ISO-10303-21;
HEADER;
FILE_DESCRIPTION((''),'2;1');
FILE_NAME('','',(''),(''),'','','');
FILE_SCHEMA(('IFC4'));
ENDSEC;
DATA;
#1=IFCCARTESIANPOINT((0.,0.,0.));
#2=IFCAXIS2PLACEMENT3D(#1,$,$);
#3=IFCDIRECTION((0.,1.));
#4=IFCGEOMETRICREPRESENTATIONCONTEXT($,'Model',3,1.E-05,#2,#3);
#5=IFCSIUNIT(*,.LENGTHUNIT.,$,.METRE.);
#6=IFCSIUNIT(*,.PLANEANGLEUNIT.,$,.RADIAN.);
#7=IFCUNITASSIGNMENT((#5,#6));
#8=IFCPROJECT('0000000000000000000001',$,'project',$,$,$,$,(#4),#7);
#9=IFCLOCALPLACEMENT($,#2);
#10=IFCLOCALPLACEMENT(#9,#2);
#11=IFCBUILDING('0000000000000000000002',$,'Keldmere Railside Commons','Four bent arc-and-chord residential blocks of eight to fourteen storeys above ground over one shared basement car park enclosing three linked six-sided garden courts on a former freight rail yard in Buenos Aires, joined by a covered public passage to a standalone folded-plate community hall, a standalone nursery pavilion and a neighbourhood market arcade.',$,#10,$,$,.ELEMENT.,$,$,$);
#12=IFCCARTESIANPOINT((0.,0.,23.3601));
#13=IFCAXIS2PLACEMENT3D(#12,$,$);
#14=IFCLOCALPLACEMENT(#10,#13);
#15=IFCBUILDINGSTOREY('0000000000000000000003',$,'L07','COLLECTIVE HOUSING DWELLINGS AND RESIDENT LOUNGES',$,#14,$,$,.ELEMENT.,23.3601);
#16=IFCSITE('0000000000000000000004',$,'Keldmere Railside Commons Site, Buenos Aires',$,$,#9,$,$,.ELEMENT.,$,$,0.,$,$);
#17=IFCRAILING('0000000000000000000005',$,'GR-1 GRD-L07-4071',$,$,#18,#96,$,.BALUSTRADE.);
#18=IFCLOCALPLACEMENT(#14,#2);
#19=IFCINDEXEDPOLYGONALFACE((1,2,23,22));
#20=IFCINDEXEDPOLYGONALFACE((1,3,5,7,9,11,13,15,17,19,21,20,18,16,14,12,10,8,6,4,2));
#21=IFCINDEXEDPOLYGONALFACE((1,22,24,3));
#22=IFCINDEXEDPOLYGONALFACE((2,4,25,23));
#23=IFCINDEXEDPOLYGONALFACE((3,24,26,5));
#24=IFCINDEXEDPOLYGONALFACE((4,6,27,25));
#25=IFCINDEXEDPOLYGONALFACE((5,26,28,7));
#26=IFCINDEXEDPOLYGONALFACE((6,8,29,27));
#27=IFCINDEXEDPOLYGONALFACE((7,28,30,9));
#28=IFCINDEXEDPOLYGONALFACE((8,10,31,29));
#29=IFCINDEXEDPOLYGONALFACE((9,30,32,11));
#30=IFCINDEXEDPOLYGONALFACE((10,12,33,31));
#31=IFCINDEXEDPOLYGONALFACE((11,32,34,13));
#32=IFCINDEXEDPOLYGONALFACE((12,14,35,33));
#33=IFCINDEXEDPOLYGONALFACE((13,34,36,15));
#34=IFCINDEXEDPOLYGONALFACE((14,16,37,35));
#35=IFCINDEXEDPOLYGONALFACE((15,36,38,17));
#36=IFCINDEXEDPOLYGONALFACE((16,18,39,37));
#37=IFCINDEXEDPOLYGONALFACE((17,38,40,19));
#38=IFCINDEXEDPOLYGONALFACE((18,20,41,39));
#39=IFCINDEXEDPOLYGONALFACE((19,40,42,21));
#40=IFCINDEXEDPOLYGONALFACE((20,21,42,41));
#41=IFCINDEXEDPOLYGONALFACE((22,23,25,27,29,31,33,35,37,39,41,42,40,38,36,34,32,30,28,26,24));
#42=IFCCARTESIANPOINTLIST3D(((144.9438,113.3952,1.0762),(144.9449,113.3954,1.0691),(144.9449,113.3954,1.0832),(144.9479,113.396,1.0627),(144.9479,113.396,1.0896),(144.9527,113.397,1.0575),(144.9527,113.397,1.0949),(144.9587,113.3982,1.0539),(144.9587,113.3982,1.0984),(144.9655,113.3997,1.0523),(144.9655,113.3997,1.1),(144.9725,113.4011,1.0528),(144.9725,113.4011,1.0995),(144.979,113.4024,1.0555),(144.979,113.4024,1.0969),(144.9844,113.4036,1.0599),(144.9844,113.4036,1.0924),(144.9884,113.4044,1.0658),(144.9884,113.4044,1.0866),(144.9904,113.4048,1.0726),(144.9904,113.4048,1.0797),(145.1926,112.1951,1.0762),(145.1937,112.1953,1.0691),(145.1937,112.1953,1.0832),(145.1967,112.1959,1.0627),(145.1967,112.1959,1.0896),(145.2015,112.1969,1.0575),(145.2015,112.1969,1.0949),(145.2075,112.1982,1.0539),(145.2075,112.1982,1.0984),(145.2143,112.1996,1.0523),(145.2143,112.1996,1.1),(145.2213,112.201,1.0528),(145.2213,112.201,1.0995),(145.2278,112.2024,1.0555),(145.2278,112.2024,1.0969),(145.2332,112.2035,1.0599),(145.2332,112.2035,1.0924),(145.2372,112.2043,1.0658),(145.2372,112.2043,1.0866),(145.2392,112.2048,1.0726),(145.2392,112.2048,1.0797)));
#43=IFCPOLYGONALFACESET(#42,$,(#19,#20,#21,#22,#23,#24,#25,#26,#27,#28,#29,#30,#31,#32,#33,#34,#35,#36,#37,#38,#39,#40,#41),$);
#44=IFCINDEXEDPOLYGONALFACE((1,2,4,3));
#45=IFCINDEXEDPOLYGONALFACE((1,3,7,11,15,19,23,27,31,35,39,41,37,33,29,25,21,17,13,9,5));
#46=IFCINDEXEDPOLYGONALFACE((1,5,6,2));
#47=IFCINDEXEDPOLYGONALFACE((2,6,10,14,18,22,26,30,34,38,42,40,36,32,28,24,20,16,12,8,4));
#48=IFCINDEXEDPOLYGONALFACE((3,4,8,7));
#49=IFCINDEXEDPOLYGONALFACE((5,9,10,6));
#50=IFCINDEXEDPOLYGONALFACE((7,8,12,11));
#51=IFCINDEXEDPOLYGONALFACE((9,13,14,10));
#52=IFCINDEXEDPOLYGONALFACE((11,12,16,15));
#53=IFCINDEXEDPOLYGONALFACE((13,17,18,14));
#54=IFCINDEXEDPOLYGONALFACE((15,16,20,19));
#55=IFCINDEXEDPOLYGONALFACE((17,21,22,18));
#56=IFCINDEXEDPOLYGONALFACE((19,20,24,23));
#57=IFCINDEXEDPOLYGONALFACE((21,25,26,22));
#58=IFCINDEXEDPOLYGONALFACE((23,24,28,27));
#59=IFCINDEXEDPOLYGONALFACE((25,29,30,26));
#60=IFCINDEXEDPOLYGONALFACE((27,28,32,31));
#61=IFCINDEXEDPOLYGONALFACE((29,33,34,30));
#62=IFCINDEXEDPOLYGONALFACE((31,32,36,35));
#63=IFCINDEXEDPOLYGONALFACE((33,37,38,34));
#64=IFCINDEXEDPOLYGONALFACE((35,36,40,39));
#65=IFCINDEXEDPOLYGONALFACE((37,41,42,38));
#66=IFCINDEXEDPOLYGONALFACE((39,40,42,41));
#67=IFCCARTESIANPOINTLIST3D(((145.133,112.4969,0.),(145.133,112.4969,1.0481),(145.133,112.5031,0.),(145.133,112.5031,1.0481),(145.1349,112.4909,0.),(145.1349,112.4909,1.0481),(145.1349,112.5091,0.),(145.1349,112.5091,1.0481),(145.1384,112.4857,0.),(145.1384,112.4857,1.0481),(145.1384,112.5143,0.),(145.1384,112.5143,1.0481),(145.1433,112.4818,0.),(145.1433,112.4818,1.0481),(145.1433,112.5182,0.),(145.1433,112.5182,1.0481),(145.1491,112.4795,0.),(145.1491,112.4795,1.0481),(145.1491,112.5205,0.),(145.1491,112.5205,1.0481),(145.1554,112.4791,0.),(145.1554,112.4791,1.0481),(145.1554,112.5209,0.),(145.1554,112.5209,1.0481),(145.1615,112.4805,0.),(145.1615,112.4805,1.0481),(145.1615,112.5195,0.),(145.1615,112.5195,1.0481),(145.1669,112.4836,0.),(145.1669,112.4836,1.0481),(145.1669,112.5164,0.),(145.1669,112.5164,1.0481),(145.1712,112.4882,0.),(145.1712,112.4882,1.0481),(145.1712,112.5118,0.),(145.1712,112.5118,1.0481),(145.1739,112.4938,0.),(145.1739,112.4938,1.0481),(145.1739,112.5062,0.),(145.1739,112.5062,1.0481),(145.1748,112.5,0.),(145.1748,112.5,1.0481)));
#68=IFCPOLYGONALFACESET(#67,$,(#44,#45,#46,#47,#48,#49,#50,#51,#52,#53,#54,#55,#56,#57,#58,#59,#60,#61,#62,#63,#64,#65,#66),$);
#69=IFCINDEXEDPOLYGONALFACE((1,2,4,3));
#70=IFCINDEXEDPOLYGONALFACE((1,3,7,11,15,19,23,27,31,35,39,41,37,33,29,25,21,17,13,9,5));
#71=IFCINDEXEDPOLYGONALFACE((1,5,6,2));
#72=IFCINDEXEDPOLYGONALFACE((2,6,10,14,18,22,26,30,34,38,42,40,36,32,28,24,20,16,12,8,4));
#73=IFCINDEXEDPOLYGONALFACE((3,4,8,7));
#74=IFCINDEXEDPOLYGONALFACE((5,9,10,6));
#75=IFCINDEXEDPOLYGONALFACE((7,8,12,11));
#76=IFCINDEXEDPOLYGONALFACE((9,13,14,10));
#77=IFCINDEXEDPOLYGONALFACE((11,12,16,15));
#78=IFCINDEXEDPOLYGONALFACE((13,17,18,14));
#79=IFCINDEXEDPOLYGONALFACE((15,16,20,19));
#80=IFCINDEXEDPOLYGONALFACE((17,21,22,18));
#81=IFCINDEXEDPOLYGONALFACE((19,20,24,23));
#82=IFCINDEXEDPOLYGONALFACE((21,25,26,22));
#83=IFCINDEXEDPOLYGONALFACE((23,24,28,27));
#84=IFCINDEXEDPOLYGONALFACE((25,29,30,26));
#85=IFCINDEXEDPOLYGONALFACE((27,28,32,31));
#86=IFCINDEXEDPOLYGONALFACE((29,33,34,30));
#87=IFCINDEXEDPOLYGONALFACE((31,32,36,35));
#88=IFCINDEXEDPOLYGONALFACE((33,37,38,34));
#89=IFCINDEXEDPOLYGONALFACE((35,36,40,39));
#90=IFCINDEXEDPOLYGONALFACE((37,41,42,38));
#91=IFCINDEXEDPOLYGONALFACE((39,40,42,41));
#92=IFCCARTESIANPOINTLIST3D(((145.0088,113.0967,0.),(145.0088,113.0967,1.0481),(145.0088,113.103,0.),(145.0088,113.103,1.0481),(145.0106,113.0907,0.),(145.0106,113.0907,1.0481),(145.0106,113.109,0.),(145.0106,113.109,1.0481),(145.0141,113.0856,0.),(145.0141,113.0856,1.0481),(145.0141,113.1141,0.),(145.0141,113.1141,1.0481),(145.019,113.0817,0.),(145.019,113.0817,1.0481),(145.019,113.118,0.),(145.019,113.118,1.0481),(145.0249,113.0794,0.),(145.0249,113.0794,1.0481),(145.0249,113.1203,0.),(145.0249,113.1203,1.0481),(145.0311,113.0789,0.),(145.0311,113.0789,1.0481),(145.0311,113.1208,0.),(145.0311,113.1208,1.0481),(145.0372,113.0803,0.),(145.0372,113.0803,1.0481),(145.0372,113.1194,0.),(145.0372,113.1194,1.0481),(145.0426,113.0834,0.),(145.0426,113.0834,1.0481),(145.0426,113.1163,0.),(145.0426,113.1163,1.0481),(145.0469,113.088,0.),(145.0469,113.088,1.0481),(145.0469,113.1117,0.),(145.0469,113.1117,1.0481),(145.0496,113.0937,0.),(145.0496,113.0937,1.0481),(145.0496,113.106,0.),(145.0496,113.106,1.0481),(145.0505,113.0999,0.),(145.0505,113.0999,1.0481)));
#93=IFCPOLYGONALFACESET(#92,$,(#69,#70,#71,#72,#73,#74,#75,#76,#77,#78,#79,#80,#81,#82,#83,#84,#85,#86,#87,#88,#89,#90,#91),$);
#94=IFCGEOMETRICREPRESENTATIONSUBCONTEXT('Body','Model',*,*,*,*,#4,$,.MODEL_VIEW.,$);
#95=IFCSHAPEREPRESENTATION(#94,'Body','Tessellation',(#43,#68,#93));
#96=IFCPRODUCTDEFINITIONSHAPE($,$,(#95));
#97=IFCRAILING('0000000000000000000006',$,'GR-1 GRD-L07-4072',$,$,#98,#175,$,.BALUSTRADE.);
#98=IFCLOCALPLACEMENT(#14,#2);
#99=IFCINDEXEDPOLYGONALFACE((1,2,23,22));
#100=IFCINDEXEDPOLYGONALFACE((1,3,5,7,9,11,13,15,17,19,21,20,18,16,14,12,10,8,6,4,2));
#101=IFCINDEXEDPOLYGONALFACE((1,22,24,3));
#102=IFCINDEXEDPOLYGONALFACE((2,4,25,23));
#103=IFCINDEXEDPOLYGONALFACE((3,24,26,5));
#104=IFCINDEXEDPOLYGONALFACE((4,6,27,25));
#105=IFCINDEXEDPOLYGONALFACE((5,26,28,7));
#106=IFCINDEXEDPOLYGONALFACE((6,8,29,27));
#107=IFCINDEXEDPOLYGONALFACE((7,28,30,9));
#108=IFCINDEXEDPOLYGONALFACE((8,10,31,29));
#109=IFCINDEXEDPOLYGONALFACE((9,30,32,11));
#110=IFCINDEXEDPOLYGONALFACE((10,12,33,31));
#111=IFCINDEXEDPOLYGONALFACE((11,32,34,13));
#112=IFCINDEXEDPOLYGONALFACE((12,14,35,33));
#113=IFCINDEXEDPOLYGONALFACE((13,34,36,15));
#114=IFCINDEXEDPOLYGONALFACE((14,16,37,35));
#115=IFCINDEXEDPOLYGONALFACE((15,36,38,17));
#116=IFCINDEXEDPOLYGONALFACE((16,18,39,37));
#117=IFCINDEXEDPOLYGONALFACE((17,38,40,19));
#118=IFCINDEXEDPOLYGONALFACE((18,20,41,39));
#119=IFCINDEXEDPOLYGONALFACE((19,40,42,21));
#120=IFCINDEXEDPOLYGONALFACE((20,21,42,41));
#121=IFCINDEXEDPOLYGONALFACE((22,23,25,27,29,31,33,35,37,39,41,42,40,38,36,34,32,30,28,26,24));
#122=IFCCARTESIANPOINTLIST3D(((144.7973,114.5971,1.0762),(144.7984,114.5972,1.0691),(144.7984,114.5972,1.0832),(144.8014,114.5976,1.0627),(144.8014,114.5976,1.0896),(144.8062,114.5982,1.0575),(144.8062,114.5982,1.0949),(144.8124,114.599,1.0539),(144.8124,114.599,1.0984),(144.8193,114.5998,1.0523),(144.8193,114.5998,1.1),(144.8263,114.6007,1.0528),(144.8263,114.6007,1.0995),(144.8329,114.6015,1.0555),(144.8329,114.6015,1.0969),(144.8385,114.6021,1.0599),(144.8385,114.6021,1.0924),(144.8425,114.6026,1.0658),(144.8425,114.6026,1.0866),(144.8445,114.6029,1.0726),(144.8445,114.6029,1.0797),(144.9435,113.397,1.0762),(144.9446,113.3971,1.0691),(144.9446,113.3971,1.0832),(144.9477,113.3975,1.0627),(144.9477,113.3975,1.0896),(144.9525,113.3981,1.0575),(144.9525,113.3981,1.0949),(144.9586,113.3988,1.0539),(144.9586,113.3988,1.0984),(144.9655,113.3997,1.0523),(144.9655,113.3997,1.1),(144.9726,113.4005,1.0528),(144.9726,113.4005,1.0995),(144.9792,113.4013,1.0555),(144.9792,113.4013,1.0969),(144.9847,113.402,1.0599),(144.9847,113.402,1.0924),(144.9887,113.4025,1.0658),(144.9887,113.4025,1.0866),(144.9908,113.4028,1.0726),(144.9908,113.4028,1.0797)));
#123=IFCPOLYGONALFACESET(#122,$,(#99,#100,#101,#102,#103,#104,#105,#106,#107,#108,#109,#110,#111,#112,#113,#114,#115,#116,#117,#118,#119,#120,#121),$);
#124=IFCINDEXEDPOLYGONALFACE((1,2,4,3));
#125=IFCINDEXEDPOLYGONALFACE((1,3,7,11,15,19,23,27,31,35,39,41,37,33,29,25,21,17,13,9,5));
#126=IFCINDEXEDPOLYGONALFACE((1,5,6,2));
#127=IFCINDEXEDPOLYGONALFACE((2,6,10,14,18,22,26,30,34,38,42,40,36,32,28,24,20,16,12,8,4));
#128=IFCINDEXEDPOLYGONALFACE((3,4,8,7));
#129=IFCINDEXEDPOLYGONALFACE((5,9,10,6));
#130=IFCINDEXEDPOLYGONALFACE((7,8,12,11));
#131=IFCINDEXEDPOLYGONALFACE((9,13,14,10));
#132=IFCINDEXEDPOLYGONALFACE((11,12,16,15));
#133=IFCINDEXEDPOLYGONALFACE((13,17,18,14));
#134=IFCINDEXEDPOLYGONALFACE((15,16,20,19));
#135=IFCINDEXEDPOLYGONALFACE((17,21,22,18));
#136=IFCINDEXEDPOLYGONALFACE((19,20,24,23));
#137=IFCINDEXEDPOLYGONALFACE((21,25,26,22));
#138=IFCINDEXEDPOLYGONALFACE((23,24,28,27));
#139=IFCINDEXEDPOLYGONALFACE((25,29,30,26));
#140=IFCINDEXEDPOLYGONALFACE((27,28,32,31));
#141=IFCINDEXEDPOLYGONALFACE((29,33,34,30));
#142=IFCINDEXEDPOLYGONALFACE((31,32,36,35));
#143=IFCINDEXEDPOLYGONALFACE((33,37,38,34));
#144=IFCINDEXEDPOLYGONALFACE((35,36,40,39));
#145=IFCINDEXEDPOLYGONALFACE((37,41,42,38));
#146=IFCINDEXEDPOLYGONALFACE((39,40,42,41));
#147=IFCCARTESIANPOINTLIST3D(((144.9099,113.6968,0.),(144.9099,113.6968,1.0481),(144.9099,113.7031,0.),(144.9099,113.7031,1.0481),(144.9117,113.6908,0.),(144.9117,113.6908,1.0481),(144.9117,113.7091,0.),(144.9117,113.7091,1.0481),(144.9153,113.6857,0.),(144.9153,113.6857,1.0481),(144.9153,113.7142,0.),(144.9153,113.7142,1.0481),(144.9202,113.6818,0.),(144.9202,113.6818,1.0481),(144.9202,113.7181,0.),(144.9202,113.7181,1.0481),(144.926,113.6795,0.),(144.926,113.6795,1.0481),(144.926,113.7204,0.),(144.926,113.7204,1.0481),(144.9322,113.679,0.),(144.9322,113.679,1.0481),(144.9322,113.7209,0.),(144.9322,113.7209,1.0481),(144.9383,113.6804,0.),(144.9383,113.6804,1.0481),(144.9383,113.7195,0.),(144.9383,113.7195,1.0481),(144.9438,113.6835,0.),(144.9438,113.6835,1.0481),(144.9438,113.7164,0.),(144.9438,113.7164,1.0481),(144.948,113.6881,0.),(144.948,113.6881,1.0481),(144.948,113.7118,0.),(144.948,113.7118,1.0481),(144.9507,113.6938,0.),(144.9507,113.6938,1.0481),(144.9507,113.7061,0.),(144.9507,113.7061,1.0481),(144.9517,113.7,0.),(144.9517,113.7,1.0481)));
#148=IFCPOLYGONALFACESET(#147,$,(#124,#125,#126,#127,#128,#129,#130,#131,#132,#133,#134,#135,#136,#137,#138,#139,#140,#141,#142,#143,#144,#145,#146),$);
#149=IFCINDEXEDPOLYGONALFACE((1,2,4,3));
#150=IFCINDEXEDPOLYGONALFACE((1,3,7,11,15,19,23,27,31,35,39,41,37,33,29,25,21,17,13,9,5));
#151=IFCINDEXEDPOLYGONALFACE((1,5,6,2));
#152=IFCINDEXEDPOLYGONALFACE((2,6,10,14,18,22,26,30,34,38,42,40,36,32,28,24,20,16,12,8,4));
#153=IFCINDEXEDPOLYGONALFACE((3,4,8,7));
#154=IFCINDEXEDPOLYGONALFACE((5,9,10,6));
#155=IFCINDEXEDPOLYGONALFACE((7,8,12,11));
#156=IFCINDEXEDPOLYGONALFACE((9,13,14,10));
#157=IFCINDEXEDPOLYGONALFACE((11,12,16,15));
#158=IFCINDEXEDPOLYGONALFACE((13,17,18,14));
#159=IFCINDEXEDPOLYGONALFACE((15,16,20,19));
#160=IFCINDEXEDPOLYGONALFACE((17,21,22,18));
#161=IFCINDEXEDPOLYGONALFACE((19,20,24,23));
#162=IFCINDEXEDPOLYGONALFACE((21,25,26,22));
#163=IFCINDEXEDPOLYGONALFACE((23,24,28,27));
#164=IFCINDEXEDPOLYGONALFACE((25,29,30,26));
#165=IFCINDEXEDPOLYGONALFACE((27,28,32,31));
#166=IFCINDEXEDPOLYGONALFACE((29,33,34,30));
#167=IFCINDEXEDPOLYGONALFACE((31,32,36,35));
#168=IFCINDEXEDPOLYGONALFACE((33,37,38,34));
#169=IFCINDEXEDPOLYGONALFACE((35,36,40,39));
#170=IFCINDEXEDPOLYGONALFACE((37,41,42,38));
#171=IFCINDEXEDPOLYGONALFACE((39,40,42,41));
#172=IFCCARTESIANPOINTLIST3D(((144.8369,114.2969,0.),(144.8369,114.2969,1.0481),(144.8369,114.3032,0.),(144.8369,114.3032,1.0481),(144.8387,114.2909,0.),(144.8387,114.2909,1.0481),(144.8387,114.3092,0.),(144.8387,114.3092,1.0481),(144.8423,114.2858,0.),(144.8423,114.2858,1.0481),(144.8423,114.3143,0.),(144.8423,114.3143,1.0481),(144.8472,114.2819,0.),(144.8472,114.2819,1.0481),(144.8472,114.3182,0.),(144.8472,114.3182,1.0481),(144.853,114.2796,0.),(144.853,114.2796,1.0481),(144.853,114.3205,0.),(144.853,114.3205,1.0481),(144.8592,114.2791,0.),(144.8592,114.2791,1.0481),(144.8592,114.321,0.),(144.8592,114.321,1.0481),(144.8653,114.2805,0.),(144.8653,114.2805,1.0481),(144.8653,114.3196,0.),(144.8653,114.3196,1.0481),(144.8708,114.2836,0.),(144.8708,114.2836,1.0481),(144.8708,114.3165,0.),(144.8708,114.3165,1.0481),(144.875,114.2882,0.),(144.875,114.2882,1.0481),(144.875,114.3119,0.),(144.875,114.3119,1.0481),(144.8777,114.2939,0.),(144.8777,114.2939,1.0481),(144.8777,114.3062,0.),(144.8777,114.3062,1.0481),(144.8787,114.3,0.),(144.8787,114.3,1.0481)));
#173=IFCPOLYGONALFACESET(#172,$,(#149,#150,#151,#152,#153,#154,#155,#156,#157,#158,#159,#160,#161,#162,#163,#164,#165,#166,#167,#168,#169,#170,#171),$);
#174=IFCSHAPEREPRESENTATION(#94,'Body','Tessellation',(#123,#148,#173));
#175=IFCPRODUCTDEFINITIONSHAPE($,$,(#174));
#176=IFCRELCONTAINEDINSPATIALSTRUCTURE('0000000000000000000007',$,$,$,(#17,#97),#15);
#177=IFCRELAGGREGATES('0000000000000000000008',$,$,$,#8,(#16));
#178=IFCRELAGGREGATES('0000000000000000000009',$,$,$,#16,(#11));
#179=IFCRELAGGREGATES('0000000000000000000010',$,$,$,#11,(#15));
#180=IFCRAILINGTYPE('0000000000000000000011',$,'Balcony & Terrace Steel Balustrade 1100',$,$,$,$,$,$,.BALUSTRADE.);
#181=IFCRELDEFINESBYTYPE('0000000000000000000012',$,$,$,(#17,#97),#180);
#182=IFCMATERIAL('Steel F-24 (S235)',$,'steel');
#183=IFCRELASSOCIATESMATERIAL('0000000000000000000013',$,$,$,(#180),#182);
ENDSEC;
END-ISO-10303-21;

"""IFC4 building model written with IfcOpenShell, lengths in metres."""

from ifc_helpers import new_model, si_unit, direction, frame, origin, origin_2d, place, context, subcontext, project, spatial, circle, extrude, material, type_object, element, save


model = new_model("IFC4")

# Units and contexts
model_context = context("Model", 3, precision=1e-05, world=origin(), true_north=direction((0.0, 1.0)))
body_context = subcontext(model_context, "Body", "Model", "MODEL_VIEW")
ifc_project = project(units=[si_unit("LENGTHUNIT", "METRE"), si_unit("PLANEANGLEUNIT", "RADIAN")], contexts=[model_context])

# Site, building, storey
site_placement = place(None, origin())
site = spatial("IfcSite", under=ifc_project, at=site_placement, Name="Keldmere Railside Commons Site, Buenos Aires", CompositionType="ELEMENT", RefElevation=0.0)
building_placement = place(site_placement, origin())
building = spatial("IfcBuilding", under=site, at=building_placement, Name="Keldmere Railside Commons", Description="Four bent arc-and-chord residential blocks of eight to fourteen storeys above ground over one shared basement car park enclosing three linked six-sided garden courts on a former freight rail yard in Buenos Aires, joined by a covered public passage to a standalone folded-plate community hall, a standalone nursery pavilion and a neighbourhood market arcade.", CompositionType="ELEMENT")
storey_placement = place(building_placement, frame((0.0, 0.0, 23.3601)))
storey = spatial("IfcBuildingStorey", under=building, at=storey_placement, Name="L07", Description="COLLECTIVE HOUSING DWELLINGS AND RESIDENT LOUNGES", CompositionType="ELEMENT", Elevation=23.3601)

# Railings
ifc_material_1 = material(Name="Steel F-24 (S235)", Category="steel")
railing_type = type_object("IfcRailingType", Name="Balcony & Terrace Steel Balustrade 1100", PredefinedType="BALUSTRADE", material=ifc_material_1)
railing_1_placement = place(storey_placement, frame((145.2161, 112.2, 0.0)))
element("IfcRailing", 1, at=railing_1_placement, inside=storey, type_object=railing_type, Name="GR-1 GRD-L07-4071", PredefinedType="BALUSTRADE", context=body_context, shape_type="SweptSolid", body=[
    extrude(circle(Radius=0.0239, at=origin_2d()), frame((0.0, 0.0, 1.0762), z_axis=(-0.203007, 0.979177, 0.0), x_axis=(-0.979177, -0.203007, 0.0)), (0.0, 0.0, 1.0), 1.2256),
    extrude(circle(Radius=0.021, at=origin_2d()), frame((-0.0623, 0.3, 0.0)), (0.0, 0.0, 1.0), 1.0481),
    extrude(circle(Radius=0.021, at=origin_2d()), frame((-0.1865, 0.8999, 0.0)), (0.0, 0.0, 1.0), 1.0481),
])
railing_2_placement = place(storey_placement, frame((144.9673, 113.3999, 0.0)))
element("IfcRailing", 2, at=railing_2_placement, inside=storey, type_object=railing_type, Name="GR-1 GRD-L07-4072", PredefinedType="BALUSTRADE", context=body_context, shape_type="SweptSolid", body=[
    extrude(circle(Radius=0.0239, at=origin_2d()), frame((0.0, 0.0, 1.0762), z_axis=(-0.120952, 0.992658, 0.0), x_axis=(-0.992658, -0.120952, 0.0)), (0.0, 0.0, 1.0), 1.209),
    extrude(circle(Radius=0.021, at=origin_2d()), frame((-0.0366, 0.3, 0.0)), (0.0, 0.0, 1.0), 1.0481),
    extrude(circle(Radius=0.021, at=origin_2d()), frame((-0.1096, 0.9001, 0.0)), (0.0, 0.0, 1.0), 1.0481),
])

save(model, "model.ifc")
